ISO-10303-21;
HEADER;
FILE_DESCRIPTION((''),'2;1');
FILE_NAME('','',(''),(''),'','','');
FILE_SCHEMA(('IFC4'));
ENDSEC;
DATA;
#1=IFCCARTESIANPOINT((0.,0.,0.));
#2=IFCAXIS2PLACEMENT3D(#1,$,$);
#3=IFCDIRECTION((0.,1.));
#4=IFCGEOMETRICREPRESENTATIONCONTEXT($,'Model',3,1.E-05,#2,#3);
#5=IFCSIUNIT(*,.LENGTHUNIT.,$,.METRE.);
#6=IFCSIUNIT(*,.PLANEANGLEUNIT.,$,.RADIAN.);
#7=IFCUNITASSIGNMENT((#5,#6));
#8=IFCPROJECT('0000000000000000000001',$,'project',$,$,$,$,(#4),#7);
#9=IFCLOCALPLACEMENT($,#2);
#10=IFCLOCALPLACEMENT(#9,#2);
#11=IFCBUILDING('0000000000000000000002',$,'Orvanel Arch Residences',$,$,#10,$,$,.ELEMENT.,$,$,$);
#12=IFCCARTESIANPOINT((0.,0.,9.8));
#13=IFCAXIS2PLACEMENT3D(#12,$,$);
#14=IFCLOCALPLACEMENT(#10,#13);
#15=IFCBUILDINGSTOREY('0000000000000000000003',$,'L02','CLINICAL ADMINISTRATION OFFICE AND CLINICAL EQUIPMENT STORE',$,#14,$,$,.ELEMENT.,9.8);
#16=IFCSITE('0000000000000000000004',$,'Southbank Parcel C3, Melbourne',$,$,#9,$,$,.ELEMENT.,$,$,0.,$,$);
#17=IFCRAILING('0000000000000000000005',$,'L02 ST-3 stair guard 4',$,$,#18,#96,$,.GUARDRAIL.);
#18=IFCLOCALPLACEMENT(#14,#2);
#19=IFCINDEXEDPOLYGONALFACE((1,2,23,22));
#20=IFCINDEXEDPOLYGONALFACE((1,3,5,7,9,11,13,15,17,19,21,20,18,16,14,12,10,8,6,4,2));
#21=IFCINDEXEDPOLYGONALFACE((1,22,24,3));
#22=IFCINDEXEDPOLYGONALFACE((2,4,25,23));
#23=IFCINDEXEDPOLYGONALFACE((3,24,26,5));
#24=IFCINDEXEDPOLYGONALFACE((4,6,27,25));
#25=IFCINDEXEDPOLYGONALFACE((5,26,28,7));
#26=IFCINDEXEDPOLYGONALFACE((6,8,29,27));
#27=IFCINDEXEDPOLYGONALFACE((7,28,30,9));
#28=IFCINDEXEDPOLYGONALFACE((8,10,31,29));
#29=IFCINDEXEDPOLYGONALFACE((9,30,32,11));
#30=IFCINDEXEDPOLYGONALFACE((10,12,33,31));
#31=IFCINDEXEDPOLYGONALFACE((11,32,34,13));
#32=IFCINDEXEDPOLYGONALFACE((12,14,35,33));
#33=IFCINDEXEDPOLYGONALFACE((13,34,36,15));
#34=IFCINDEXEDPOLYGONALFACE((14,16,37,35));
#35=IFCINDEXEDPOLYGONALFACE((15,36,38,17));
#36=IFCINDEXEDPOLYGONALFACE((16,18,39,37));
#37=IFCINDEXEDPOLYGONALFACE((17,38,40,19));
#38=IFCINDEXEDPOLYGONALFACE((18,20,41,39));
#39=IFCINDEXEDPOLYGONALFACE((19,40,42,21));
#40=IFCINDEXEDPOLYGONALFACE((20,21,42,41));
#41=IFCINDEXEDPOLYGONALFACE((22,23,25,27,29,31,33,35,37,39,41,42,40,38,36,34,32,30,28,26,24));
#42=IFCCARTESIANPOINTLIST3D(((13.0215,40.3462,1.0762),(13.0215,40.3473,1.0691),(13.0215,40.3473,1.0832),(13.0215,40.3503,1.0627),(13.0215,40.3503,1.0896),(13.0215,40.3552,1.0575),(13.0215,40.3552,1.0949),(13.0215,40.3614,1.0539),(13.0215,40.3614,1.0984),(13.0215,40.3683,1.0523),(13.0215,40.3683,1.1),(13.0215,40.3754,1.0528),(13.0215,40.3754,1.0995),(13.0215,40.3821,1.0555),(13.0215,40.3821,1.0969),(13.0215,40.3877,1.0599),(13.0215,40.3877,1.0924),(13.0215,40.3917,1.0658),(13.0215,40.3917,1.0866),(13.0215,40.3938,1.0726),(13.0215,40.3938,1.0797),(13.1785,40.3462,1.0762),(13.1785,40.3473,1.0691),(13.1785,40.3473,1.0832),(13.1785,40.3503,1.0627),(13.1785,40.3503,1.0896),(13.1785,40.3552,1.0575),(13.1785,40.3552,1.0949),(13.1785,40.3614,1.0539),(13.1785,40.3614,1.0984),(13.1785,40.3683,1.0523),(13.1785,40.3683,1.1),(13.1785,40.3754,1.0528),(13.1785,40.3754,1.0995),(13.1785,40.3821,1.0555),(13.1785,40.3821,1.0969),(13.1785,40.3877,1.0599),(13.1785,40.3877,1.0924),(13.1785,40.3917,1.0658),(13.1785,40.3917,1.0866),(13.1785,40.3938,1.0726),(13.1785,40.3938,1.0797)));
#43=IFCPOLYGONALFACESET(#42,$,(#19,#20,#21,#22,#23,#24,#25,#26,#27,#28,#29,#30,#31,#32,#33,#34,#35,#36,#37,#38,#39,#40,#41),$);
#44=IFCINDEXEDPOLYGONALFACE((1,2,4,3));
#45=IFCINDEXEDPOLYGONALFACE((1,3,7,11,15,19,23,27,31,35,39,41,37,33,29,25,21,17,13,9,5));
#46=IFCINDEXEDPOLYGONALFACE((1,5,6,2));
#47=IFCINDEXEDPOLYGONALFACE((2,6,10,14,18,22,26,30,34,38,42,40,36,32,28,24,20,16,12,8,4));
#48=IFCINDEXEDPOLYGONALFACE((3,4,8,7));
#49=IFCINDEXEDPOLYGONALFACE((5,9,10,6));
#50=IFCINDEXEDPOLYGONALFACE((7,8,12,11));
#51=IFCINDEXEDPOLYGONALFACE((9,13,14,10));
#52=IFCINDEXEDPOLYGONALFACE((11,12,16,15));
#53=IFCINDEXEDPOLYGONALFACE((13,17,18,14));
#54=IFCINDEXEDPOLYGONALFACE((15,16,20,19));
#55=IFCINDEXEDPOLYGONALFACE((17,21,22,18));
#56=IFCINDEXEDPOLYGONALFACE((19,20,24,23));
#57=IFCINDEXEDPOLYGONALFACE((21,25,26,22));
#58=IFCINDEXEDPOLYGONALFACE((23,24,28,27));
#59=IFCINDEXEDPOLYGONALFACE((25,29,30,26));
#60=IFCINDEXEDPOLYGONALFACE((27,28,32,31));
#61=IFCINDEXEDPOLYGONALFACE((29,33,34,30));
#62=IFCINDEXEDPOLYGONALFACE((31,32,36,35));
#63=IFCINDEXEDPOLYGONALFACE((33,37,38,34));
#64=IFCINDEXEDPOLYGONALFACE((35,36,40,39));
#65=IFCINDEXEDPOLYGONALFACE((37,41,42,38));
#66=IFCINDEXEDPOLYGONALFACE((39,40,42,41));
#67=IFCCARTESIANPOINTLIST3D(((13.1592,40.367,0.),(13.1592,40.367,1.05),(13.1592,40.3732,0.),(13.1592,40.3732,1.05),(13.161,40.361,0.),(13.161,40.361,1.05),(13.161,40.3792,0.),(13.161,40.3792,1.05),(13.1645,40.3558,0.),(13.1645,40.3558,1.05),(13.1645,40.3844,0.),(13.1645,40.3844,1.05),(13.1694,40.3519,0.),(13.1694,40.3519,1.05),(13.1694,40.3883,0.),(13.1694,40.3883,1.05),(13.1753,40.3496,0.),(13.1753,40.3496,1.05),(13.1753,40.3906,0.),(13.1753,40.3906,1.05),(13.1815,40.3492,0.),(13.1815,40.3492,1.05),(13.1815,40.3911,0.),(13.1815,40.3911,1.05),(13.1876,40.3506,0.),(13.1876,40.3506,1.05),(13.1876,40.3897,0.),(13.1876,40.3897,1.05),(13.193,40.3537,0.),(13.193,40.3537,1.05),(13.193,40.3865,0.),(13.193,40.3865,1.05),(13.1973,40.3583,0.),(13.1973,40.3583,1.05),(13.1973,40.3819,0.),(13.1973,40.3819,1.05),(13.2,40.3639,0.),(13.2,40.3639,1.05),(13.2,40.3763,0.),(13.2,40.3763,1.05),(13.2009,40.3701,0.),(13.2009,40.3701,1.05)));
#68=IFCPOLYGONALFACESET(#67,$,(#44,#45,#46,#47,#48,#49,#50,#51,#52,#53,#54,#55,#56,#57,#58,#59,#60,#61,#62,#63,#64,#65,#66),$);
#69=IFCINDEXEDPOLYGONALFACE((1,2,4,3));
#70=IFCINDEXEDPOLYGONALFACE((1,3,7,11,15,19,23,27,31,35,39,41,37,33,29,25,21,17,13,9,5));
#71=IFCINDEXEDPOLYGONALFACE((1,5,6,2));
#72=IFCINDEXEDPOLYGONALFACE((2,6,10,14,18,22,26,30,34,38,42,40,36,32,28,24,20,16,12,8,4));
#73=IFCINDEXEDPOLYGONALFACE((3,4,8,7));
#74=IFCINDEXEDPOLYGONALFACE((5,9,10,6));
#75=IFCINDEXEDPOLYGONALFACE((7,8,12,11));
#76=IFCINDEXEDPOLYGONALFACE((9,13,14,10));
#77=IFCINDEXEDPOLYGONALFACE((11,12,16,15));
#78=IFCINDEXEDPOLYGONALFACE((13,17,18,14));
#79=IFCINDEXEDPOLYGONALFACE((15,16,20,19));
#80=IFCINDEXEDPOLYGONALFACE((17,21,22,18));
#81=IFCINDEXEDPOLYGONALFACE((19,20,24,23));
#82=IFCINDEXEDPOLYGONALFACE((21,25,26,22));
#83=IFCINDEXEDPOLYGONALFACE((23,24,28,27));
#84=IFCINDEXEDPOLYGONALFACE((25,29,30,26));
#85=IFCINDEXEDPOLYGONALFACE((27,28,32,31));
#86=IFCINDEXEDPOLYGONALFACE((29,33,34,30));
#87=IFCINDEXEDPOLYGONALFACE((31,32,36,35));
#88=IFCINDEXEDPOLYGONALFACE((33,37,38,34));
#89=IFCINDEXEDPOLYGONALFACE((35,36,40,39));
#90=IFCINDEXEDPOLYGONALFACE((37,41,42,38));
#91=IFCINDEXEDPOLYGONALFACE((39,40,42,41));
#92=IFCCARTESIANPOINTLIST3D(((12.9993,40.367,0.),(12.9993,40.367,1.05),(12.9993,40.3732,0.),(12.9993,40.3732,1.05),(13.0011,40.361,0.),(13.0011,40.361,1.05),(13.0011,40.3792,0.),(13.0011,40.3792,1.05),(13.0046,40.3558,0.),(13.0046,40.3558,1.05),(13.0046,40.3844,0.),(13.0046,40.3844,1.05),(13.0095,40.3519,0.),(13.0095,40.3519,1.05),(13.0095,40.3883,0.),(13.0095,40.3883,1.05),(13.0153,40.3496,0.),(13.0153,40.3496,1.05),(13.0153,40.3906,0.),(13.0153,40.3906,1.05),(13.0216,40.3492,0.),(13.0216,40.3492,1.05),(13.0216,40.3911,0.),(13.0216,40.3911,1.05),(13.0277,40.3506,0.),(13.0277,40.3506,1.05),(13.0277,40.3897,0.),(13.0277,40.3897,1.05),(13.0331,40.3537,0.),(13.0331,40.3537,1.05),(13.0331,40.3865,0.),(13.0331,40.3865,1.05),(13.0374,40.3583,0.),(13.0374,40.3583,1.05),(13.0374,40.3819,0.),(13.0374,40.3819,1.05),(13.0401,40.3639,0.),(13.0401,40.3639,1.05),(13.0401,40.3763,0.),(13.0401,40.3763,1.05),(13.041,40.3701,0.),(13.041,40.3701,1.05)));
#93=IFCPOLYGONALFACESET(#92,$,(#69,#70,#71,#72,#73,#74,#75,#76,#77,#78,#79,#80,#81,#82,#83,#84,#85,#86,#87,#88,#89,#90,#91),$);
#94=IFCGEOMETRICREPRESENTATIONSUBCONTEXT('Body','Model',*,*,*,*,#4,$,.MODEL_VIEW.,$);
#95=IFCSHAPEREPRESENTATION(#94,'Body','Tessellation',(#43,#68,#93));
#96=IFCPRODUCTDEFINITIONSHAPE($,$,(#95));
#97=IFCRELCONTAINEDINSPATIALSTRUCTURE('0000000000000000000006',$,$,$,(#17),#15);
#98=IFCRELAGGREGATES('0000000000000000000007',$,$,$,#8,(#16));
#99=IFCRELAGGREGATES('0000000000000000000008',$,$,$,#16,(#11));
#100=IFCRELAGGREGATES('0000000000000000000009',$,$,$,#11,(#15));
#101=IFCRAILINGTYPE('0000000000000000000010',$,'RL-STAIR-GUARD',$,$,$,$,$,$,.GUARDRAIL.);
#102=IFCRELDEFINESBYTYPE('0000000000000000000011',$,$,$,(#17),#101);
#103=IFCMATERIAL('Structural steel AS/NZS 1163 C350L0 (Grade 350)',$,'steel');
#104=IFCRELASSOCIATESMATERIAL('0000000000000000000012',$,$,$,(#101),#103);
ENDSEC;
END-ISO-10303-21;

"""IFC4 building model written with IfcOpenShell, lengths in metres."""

from ifc_helpers import new_model, si_unit, direction, frame, origin, origin_2d, place, context, subcontext, project, spatial, circle, extrude, material, type_object, element, save


model = new_model("IFC4")

# Units and contexts
model_context = context("Model", 3, precision=1e-05, world=origin(), true_north=direction((0.0, 1.0)))
body_context = subcontext(model_context, "Body", "Model", "MODEL_VIEW")
ifc_project = project(units=[si_unit("LENGTHUNIT", "METRE"), si_unit("PLANEANGLEUNIT", "RADIAN")], contexts=[model_context])

# Site, building, storey
site_placement = place(None, origin())
site = spatial("IfcSite", under=ifc_project, at=site_placement, Name="Southbank Parcel C3, Melbourne", CompositionType="ELEMENT", RefElevation=0.0)
building_placement = place(site_placement, origin())
building = spatial("IfcBuilding", under=site, at=building_placement, Name="Orvanel Arch Residences", CompositionType="ELEMENT")
storey_placement = place(building_placement, frame((0.0, 0.0, 9.8)))
storey = spatial("IfcBuildingStorey", under=building, at=storey_placement, Name="L02", Description="CLINICAL ADMINISTRATION OFFICE AND CLINICAL EQUIPMENT STORE", CompositionType="ELEMENT", Elevation=9.8)

# Railing
ifc_material_1 = material(Name="Structural steel AS/NZS 1163 C350L0 (Grade 350)", Category="steel")
railing_type_1 = type_object("IfcRailingType", Name="RL-STAIR-GUARD", PredefinedType="GUARDRAIL", material=ifc_material_1)
railing_1_placement = place(storey_placement, frame((13.1799, 40.3701, 0.0)))
element("IfcRailing", 1, at=railing_1_placement, inside=storey, type_object=railing_type_1, Name="L02 ST-3 stair guard 4", PredefinedType="GUARDRAIL", context=body_context, shape_type="SweptSolid", body=[
    extrude(circle(Radius=0.0239, at=origin_2d()), frame((-0.0015, 0.0, 1.0762), z_axis=(-1.0, 0.0, 0.0), x_axis=(0.0, -1.0, 0.0)), (0.0, 0.0, 1.0), 0.157),
    extrude(circle(Radius=0.021, at=origin_2d()), origin(), (0.0, 0.0, 1.0), 1.05),
    extrude(circle(Radius=0.021, at=origin_2d()), frame((-0.1599, 0.0, 0.0)), (0.0, 0.0, 1.0), 1.05),
])

save(model, "model.ifc")
